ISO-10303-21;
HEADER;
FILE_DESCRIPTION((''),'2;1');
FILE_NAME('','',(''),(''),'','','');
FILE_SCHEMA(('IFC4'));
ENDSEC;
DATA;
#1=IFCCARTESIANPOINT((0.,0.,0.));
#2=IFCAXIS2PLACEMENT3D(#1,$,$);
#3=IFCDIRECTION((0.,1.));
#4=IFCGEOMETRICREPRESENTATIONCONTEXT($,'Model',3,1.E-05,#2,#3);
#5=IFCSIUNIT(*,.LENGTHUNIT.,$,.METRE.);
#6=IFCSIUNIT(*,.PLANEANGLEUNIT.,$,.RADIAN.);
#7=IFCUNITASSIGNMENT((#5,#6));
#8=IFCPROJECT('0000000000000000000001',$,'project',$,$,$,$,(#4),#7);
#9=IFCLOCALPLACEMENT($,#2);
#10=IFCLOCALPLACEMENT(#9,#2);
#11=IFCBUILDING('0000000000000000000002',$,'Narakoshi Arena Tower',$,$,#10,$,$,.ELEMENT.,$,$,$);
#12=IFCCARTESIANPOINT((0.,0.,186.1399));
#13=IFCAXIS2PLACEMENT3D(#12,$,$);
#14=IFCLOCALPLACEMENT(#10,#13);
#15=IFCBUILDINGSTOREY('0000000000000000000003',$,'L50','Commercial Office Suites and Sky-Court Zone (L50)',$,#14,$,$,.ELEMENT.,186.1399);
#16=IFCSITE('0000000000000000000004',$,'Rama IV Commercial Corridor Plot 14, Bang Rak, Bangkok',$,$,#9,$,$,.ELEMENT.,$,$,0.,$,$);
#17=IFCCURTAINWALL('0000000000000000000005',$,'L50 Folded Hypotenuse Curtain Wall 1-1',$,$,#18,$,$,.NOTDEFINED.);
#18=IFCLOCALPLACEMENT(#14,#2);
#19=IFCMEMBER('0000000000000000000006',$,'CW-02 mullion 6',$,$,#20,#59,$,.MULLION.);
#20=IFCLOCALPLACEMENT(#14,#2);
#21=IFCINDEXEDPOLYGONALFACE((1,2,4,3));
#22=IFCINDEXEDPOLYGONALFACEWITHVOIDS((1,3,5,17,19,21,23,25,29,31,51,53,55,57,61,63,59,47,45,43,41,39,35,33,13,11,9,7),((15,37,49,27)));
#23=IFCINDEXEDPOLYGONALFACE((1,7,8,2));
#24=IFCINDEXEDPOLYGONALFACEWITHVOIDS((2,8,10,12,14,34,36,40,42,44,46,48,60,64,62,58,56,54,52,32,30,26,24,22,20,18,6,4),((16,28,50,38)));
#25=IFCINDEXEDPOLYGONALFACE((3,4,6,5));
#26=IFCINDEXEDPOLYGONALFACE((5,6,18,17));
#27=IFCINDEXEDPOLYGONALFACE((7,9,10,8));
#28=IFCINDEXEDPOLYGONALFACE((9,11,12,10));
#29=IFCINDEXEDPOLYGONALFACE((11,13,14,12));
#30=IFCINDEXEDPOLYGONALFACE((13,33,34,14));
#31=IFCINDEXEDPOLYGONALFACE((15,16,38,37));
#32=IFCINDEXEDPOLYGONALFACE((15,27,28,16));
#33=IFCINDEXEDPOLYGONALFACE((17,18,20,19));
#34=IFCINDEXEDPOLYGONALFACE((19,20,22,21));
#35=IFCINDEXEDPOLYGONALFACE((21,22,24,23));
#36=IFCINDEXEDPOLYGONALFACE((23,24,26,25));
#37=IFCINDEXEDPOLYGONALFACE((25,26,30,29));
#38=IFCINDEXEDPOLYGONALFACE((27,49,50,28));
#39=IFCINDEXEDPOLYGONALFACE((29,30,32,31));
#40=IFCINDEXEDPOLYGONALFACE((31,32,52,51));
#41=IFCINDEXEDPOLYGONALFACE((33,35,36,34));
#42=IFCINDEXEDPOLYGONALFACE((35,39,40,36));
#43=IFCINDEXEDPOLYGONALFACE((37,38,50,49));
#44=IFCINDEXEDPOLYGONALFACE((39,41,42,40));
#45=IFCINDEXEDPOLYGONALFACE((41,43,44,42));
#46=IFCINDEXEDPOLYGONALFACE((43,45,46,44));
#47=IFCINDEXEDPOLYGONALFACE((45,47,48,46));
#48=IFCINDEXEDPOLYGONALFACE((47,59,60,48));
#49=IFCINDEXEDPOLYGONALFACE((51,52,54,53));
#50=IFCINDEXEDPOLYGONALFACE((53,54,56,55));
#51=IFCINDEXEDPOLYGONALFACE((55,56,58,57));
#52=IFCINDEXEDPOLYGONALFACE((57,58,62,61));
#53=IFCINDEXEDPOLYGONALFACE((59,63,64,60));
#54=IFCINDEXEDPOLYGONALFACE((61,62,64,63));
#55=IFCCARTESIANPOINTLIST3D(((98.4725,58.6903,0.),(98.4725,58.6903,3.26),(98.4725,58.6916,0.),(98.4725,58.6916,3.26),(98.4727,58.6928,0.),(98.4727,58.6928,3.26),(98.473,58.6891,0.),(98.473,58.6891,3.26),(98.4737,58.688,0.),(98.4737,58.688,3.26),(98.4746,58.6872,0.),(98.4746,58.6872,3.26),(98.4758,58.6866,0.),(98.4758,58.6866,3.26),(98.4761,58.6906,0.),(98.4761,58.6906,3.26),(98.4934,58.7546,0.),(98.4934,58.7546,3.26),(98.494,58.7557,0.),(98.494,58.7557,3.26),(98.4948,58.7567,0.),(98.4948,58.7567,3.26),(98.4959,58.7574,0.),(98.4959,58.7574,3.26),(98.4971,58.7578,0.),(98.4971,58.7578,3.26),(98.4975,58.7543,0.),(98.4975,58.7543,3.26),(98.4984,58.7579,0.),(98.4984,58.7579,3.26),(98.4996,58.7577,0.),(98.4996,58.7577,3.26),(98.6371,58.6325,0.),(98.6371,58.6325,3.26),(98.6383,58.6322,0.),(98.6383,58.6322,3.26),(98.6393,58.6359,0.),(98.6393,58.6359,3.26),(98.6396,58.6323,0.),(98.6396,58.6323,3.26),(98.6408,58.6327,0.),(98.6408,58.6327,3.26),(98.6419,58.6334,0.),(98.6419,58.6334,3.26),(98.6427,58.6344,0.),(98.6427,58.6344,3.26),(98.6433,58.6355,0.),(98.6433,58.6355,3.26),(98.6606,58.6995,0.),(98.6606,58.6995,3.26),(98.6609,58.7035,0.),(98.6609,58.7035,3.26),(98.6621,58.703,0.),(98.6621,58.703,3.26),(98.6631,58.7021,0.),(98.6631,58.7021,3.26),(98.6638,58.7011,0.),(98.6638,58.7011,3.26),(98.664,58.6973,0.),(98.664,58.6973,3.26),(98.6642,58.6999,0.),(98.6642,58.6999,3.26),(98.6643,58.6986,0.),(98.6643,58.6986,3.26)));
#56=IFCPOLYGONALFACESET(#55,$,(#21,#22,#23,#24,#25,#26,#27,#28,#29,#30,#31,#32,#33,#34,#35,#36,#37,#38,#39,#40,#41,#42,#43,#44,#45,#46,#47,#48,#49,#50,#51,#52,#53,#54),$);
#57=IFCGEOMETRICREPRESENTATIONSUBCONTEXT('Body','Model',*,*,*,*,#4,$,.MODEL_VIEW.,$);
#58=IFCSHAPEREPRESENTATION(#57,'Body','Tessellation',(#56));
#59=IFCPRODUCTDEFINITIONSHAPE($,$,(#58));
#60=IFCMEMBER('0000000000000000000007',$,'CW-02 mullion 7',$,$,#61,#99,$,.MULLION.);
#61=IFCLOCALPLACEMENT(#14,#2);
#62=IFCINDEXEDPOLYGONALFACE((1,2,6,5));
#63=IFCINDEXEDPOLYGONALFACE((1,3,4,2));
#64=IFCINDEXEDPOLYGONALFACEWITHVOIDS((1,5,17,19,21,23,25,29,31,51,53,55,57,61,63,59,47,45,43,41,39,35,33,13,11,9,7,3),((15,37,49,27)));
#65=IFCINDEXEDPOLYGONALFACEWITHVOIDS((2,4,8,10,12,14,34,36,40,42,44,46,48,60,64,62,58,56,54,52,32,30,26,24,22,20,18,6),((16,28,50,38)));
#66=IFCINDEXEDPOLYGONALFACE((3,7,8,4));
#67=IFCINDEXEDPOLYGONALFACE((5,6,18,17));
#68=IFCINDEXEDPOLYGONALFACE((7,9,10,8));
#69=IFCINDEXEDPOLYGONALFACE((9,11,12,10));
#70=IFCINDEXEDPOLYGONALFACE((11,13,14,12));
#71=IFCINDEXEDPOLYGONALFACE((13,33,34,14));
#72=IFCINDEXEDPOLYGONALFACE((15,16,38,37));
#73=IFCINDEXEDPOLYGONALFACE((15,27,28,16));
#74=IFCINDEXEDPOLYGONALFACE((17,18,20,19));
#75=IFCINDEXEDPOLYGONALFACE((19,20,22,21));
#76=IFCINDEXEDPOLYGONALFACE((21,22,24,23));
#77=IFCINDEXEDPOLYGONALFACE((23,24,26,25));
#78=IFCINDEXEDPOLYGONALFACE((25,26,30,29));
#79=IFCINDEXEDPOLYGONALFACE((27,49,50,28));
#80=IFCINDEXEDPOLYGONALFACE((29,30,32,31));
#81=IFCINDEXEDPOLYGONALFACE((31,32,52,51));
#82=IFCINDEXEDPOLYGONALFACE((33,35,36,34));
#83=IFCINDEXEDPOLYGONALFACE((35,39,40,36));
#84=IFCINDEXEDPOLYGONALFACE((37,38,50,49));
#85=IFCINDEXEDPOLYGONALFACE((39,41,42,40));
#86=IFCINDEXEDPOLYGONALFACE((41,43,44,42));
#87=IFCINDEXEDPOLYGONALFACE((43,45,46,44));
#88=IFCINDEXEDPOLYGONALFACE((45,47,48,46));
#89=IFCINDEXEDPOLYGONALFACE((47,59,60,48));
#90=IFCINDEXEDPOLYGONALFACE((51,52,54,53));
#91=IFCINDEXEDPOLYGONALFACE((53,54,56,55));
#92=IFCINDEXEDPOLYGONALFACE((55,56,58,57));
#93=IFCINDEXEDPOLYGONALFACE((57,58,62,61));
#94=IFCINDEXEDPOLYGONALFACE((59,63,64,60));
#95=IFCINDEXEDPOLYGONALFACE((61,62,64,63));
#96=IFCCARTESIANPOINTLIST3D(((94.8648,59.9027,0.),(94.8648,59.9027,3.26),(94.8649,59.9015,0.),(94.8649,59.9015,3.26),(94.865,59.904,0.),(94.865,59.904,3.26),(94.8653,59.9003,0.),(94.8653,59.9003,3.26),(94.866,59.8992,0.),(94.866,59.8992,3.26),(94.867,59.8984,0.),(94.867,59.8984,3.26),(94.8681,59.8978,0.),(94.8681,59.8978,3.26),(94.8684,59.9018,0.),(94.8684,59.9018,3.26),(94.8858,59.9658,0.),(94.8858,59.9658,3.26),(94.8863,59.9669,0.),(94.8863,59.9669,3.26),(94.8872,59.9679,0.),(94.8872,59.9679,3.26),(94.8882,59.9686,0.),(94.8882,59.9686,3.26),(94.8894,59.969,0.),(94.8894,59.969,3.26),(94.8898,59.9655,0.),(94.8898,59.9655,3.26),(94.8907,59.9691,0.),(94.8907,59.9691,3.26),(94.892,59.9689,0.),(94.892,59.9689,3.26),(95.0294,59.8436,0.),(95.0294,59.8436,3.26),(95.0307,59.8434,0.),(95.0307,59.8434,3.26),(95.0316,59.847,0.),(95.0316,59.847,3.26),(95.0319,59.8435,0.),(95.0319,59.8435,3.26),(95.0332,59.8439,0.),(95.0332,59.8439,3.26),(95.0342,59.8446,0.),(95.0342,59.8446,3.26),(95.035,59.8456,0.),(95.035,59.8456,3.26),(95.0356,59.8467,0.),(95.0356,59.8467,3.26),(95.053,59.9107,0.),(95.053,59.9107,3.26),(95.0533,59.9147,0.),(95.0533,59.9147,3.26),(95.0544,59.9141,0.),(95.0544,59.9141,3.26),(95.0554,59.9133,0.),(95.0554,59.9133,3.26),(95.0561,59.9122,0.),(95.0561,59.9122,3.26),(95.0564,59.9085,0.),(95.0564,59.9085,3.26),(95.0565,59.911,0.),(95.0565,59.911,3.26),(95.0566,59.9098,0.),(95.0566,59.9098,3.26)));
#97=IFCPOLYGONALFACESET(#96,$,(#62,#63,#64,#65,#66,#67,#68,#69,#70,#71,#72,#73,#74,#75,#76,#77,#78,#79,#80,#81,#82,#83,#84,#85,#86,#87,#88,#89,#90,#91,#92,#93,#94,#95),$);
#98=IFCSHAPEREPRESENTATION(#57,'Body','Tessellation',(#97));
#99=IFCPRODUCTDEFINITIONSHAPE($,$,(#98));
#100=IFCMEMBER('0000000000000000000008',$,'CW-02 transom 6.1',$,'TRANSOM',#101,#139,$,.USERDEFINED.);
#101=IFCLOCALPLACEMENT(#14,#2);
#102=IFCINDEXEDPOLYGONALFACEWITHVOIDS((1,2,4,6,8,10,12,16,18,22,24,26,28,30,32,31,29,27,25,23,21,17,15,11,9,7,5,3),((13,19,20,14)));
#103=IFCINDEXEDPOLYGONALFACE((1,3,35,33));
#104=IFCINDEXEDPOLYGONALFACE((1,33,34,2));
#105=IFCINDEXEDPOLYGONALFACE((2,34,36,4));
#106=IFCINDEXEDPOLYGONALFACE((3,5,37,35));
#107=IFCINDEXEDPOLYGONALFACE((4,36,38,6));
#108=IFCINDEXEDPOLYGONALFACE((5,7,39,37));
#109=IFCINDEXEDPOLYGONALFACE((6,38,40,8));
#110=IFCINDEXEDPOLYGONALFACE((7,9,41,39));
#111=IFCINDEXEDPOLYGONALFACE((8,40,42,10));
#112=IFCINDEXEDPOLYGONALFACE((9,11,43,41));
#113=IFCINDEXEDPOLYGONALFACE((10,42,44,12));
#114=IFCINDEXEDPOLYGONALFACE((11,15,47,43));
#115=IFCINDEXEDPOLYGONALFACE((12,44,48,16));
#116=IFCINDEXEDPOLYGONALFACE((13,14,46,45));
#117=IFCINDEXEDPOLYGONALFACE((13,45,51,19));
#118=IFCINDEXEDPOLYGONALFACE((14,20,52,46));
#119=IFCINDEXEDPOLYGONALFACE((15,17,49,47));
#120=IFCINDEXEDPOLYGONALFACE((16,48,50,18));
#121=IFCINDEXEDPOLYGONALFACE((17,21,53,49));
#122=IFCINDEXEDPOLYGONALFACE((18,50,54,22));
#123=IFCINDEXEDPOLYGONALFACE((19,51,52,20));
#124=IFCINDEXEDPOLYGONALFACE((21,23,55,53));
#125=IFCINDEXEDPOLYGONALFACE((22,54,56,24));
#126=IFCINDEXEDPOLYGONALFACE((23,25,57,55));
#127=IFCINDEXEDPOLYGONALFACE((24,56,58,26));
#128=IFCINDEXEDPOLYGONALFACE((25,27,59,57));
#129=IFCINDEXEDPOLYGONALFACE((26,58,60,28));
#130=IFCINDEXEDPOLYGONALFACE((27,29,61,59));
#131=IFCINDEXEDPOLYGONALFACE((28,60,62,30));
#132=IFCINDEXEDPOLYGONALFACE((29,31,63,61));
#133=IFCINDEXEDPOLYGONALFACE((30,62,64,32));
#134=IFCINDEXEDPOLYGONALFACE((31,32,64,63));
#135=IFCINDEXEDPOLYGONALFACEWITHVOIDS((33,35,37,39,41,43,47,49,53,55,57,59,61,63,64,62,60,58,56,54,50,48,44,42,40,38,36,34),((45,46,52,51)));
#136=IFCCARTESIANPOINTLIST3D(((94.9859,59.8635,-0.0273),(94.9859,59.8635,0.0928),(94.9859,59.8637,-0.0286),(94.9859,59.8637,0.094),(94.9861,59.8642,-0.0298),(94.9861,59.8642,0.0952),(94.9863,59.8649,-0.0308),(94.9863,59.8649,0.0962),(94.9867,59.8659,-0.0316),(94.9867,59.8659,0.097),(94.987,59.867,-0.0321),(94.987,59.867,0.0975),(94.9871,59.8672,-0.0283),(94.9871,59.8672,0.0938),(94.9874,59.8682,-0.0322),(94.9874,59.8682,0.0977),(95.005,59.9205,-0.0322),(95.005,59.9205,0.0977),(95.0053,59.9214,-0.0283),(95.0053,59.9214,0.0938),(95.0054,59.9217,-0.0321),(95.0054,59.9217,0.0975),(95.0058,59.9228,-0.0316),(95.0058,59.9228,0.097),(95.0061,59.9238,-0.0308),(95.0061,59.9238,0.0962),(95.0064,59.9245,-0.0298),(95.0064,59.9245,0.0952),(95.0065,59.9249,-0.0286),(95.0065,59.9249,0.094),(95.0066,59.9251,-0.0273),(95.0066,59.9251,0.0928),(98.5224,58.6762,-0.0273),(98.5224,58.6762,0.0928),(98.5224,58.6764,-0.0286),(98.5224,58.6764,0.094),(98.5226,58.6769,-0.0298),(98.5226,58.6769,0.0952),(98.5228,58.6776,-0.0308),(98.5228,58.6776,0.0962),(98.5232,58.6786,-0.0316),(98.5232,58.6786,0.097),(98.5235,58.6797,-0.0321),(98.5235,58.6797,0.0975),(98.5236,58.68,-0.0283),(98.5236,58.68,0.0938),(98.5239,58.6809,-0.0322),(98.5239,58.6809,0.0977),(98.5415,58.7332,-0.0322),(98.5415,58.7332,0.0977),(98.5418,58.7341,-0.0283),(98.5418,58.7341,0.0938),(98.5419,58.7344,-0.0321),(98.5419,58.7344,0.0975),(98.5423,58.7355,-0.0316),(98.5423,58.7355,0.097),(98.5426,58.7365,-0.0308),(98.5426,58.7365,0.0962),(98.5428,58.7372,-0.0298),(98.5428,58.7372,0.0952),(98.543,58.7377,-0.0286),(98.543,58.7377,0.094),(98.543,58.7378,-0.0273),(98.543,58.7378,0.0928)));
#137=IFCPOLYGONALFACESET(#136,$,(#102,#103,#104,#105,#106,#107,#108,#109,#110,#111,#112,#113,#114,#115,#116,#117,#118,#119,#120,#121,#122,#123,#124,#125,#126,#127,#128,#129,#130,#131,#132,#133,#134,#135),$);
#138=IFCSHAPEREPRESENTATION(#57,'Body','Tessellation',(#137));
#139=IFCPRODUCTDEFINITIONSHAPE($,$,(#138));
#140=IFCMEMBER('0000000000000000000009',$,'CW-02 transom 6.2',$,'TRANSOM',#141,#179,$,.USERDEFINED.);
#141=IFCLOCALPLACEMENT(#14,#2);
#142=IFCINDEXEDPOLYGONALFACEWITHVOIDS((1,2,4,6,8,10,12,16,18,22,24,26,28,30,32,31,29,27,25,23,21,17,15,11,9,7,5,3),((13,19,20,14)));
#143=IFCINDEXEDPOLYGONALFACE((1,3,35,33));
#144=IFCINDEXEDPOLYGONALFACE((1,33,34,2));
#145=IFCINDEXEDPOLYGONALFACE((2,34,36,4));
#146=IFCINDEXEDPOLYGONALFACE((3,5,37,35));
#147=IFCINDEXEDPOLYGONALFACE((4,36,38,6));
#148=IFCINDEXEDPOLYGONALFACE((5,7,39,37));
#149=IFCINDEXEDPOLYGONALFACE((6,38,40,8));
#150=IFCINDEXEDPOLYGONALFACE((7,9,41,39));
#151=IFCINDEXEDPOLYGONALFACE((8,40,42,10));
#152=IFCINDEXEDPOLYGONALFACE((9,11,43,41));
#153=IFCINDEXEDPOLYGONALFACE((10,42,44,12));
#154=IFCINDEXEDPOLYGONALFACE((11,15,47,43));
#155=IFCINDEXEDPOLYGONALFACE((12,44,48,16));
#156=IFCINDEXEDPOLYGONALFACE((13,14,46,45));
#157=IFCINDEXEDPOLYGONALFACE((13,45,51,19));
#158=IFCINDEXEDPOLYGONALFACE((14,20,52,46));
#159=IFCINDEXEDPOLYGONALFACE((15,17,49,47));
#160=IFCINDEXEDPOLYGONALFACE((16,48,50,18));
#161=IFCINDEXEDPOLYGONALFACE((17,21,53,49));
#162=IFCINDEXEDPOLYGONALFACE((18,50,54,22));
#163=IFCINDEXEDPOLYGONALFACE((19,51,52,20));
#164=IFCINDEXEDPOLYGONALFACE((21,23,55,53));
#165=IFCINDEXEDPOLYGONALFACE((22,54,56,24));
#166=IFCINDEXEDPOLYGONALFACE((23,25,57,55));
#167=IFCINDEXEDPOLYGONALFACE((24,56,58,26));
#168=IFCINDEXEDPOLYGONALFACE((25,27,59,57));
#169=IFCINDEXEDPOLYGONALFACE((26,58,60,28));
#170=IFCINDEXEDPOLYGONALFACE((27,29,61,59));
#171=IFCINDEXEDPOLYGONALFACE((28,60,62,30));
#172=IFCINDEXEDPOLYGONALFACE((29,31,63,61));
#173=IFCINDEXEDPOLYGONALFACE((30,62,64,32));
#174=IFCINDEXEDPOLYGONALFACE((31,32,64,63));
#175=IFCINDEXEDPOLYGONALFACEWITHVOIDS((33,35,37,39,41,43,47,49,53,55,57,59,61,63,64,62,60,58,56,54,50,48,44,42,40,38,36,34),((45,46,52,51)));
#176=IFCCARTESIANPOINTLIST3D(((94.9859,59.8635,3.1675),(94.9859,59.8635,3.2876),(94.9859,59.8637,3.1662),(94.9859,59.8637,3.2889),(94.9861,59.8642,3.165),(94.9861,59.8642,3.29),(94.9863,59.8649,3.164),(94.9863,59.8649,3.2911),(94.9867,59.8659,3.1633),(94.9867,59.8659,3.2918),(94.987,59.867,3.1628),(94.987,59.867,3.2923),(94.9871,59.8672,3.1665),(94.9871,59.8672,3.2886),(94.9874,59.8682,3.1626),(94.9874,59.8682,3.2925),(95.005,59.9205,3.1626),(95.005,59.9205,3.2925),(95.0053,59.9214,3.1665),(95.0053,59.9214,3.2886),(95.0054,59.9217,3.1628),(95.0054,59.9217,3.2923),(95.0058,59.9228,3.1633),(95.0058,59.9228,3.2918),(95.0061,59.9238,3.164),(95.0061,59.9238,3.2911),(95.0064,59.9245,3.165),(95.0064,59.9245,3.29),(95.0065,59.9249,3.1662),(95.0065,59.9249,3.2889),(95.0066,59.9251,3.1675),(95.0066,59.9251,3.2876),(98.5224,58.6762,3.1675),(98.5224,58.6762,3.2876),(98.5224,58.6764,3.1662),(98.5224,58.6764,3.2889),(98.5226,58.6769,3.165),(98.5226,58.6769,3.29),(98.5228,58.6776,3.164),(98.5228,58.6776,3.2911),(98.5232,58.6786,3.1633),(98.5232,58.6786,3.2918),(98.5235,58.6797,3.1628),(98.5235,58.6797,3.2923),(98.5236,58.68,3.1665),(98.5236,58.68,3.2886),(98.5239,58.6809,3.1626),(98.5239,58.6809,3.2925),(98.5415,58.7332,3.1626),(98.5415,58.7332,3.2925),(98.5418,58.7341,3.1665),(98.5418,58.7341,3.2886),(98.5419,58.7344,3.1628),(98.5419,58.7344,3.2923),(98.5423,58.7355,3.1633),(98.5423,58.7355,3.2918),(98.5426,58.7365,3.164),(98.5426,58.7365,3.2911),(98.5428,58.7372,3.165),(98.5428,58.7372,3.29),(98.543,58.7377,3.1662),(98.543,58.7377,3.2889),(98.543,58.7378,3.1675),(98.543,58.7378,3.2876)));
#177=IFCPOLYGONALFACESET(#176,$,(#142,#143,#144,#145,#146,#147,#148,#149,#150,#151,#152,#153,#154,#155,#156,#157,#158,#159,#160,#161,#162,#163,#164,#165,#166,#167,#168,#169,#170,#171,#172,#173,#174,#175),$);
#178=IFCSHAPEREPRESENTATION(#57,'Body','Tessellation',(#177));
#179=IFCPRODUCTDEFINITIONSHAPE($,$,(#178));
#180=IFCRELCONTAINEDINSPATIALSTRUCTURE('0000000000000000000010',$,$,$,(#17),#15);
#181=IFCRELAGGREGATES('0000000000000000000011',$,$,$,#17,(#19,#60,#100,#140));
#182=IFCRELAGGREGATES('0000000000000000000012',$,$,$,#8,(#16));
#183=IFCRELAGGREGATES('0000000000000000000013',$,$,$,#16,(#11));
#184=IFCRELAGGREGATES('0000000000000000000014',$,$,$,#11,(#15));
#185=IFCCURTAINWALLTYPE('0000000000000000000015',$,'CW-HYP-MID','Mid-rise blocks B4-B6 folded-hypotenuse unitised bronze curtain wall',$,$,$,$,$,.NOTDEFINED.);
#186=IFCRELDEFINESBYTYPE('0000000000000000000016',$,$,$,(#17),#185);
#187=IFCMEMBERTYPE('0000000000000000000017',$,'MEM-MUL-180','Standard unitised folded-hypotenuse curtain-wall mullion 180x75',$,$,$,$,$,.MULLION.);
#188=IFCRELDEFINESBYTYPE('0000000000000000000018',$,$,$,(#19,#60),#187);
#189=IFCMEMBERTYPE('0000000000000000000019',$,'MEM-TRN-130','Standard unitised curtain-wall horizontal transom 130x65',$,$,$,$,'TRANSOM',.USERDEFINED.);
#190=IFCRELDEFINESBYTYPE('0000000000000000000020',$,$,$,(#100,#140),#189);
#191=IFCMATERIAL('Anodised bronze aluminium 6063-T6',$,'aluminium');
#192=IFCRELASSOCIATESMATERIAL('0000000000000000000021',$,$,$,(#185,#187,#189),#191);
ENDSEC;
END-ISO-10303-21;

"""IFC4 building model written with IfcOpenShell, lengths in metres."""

from ifc_helpers import new_model, si_unit, direction, frame, origin, origin_2d, place, context, subcontext, project, spatial, hollow_rectangle, extrude, material, material_profile, profile_set, type_object, element, aggregate, save


model = new_model("IFC4")

# Units and contexts
model_context = context("Model", 3, precision=1e-05, world=origin(), true_north=direction((0.0, 1.0)))
body_context = subcontext(model_context, "Body", "Model", "MODEL_VIEW")
ifc_project = project(units=[si_unit("LENGTHUNIT", "METRE"), si_unit("PLANEANGLEUNIT", "RADIAN")], contexts=[model_context])

# Site, building, storey
site_placement = place(None, origin())
site = spatial("IfcSite", under=ifc_project, at=site_placement, Name="Rama IV Commercial Corridor Plot 14, Bang Rak, Bangkok", CompositionType="ELEMENT", RefElevation=0.0)
building_placement = place(site_placement, origin())
building = spatial("IfcBuilding", under=site, at=building_placement, Name="Narakoshi Arena Tower", CompositionType="ELEMENT")
storey_placement = place(building_placement, frame((0.0, 0.0, 186.1399)))
storey = spatial("IfcBuildingStorey", under=building, at=storey_placement, Name="L50", Description="Commercial Office Suites and Sky-Court Zone (L50)", CompositionType="ELEMENT", Elevation=186.1399)

# Curtain wall, members
ifc_material_1 = material(Name="Anodised bronze aluminium 6063-T6", Category="aluminium")
curtain_wall_type = type_object("IfcCurtainWallType", Name="CW-HYP-MID", Description="Mid-rise blocks B4-B6 folded-hypotenuse unitised bronze curtain wall", PredefinedType="NOTDEFINED", material=ifc_material_1)
curtain_wall_placement = place(storey_placement, origin())
curtain_wall = element("IfcCurtainWall", 1, at=curtain_wall_placement, inside=storey, type_object=curtain_wall_type, Name="L50 Folded Hypotenuse Curtain Wall 1-1", PredefinedType="NOTDEFINED")
ifc_material_profile_1 = material_profile(ifc_material_1, hollow_rectangle(XDim=0.075, YDim=0.1799, WallThickness=0.0039, OuterFilletRadius=0.0049, at=origin_2d()), Name="MUL180x75x4")
ifc_profile_set_1 = profile_set([ifc_material_profile_1], Name="Anodised bronze aluminium 6063-T6")
member_type_1 = type_object("IfcMemberType", Name="MEM-MUL-180", Description="Standard unitised folded-hypotenuse curtain-wall mullion 180x75", PredefinedType="MULLION", material=ifc_profile_set_1)
member_1_placement = place(storey_placement, frame((98.5684, 58.6951, 0.0), z_axis=(0.0, 0.0, 1.0), x_axis=(-0.318261, -0.948003, 0.0)))
member_1 = element("IfcMember", 2, at=member_1_placement, type_object=member_type_1, Name="CW-02 mullion 6", PredefinedType="MULLION", context=body_context, shape_type="SweptSolid", body=[
    extrude(hollow_rectangle(XDim=0.075, YDim=0.1799, WallThickness=0.0039, OuterFilletRadius=0.0049, at=origin_2d()), origin(), (0.0, 0.0, 1.0), 3.26),
])
member_2_placement = place(storey_placement, frame((94.9607, 59.9062, 0.0), z_axis=(0.0, 0.0, 1.0), x_axis=(-0.318261, -0.948003, 0.0)))
member_2 = element("IfcMember", 3, at=member_2_placement, type_object=member_type_1, Name="CW-02 mullion 7", PredefinedType="MULLION", context=body_context, shape_type="SweptSolid", body=[
    extrude(hollow_rectangle(XDim=0.075, YDim=0.1799, WallThickness=0.0039, OuterFilletRadius=0.0049, at=origin_2d()), origin(), (0.0, 0.0, 1.0), 3.26),
])
ifc_material_profile_2 = material_profile(ifc_material_1, hollow_rectangle(XDim=0.0649, YDim=0.1299, WallThickness=0.0039, OuterFilletRadius=0.0049, at=origin_2d()), Name="TRN130x65x4")
ifc_profile_set_2 = profile_set([ifc_material_profile_2], Name="Anodised bronze aluminium 6063-T6")
member_type_2 = type_object("IfcMemberType", Name="MEM-TRN-130", Description="Standard unitised curtain-wall horizontal transom 130x65", ElementType="TRANSOM", PredefinedType="USERDEFINED", material=ifc_profile_set_2)
member_3_placement = place(storey_placement, frame((98.5327, 58.707, 0.0327), z_axis=(-0.948, 0.318269, 0.0), x_axis=(-0.318269, -0.948, 0.0)))
member_3 = element("IfcMember", 4, at=member_3_placement, type_object=member_type_2, Name="CW-02 transom 6.1", ObjectType="TRANSOM", PredefinedType="USERDEFINED", context=body_context, shape_type="SweptSolid", body=[
    extrude(hollow_rectangle(XDim=0.0649, YDim=0.1299, WallThickness=0.0039, OuterFilletRadius=0.0049, at=origin_2d()), origin(), (0.0, 0.0, 1.0), 3.7305),
])
member_4_placement = place(storey_placement, frame((98.5327, 58.707, 3.2275), z_axis=(-0.948, 0.318269, 0.0), x_axis=(-0.318269, -0.948, 0.0)))
member_4 = element("IfcMember", 5, at=member_4_placement, type_object=member_type_2, Name="CW-02 transom 6.2", ObjectType="TRANSOM", PredefinedType="USERDEFINED", context=body_context, shape_type="SweptSolid", body=[
    extrude(hollow_rectangle(XDim=0.0649, YDim=0.1299, WallThickness=0.0039, OuterFilletRadius=0.0049, at=origin_2d()), origin(), (0.0, 0.0, 1.0), 3.7305),
])
aggregate(curtain_wall, [member_1, member_2, member_3, member_4])

save(model, "model.ifc")
